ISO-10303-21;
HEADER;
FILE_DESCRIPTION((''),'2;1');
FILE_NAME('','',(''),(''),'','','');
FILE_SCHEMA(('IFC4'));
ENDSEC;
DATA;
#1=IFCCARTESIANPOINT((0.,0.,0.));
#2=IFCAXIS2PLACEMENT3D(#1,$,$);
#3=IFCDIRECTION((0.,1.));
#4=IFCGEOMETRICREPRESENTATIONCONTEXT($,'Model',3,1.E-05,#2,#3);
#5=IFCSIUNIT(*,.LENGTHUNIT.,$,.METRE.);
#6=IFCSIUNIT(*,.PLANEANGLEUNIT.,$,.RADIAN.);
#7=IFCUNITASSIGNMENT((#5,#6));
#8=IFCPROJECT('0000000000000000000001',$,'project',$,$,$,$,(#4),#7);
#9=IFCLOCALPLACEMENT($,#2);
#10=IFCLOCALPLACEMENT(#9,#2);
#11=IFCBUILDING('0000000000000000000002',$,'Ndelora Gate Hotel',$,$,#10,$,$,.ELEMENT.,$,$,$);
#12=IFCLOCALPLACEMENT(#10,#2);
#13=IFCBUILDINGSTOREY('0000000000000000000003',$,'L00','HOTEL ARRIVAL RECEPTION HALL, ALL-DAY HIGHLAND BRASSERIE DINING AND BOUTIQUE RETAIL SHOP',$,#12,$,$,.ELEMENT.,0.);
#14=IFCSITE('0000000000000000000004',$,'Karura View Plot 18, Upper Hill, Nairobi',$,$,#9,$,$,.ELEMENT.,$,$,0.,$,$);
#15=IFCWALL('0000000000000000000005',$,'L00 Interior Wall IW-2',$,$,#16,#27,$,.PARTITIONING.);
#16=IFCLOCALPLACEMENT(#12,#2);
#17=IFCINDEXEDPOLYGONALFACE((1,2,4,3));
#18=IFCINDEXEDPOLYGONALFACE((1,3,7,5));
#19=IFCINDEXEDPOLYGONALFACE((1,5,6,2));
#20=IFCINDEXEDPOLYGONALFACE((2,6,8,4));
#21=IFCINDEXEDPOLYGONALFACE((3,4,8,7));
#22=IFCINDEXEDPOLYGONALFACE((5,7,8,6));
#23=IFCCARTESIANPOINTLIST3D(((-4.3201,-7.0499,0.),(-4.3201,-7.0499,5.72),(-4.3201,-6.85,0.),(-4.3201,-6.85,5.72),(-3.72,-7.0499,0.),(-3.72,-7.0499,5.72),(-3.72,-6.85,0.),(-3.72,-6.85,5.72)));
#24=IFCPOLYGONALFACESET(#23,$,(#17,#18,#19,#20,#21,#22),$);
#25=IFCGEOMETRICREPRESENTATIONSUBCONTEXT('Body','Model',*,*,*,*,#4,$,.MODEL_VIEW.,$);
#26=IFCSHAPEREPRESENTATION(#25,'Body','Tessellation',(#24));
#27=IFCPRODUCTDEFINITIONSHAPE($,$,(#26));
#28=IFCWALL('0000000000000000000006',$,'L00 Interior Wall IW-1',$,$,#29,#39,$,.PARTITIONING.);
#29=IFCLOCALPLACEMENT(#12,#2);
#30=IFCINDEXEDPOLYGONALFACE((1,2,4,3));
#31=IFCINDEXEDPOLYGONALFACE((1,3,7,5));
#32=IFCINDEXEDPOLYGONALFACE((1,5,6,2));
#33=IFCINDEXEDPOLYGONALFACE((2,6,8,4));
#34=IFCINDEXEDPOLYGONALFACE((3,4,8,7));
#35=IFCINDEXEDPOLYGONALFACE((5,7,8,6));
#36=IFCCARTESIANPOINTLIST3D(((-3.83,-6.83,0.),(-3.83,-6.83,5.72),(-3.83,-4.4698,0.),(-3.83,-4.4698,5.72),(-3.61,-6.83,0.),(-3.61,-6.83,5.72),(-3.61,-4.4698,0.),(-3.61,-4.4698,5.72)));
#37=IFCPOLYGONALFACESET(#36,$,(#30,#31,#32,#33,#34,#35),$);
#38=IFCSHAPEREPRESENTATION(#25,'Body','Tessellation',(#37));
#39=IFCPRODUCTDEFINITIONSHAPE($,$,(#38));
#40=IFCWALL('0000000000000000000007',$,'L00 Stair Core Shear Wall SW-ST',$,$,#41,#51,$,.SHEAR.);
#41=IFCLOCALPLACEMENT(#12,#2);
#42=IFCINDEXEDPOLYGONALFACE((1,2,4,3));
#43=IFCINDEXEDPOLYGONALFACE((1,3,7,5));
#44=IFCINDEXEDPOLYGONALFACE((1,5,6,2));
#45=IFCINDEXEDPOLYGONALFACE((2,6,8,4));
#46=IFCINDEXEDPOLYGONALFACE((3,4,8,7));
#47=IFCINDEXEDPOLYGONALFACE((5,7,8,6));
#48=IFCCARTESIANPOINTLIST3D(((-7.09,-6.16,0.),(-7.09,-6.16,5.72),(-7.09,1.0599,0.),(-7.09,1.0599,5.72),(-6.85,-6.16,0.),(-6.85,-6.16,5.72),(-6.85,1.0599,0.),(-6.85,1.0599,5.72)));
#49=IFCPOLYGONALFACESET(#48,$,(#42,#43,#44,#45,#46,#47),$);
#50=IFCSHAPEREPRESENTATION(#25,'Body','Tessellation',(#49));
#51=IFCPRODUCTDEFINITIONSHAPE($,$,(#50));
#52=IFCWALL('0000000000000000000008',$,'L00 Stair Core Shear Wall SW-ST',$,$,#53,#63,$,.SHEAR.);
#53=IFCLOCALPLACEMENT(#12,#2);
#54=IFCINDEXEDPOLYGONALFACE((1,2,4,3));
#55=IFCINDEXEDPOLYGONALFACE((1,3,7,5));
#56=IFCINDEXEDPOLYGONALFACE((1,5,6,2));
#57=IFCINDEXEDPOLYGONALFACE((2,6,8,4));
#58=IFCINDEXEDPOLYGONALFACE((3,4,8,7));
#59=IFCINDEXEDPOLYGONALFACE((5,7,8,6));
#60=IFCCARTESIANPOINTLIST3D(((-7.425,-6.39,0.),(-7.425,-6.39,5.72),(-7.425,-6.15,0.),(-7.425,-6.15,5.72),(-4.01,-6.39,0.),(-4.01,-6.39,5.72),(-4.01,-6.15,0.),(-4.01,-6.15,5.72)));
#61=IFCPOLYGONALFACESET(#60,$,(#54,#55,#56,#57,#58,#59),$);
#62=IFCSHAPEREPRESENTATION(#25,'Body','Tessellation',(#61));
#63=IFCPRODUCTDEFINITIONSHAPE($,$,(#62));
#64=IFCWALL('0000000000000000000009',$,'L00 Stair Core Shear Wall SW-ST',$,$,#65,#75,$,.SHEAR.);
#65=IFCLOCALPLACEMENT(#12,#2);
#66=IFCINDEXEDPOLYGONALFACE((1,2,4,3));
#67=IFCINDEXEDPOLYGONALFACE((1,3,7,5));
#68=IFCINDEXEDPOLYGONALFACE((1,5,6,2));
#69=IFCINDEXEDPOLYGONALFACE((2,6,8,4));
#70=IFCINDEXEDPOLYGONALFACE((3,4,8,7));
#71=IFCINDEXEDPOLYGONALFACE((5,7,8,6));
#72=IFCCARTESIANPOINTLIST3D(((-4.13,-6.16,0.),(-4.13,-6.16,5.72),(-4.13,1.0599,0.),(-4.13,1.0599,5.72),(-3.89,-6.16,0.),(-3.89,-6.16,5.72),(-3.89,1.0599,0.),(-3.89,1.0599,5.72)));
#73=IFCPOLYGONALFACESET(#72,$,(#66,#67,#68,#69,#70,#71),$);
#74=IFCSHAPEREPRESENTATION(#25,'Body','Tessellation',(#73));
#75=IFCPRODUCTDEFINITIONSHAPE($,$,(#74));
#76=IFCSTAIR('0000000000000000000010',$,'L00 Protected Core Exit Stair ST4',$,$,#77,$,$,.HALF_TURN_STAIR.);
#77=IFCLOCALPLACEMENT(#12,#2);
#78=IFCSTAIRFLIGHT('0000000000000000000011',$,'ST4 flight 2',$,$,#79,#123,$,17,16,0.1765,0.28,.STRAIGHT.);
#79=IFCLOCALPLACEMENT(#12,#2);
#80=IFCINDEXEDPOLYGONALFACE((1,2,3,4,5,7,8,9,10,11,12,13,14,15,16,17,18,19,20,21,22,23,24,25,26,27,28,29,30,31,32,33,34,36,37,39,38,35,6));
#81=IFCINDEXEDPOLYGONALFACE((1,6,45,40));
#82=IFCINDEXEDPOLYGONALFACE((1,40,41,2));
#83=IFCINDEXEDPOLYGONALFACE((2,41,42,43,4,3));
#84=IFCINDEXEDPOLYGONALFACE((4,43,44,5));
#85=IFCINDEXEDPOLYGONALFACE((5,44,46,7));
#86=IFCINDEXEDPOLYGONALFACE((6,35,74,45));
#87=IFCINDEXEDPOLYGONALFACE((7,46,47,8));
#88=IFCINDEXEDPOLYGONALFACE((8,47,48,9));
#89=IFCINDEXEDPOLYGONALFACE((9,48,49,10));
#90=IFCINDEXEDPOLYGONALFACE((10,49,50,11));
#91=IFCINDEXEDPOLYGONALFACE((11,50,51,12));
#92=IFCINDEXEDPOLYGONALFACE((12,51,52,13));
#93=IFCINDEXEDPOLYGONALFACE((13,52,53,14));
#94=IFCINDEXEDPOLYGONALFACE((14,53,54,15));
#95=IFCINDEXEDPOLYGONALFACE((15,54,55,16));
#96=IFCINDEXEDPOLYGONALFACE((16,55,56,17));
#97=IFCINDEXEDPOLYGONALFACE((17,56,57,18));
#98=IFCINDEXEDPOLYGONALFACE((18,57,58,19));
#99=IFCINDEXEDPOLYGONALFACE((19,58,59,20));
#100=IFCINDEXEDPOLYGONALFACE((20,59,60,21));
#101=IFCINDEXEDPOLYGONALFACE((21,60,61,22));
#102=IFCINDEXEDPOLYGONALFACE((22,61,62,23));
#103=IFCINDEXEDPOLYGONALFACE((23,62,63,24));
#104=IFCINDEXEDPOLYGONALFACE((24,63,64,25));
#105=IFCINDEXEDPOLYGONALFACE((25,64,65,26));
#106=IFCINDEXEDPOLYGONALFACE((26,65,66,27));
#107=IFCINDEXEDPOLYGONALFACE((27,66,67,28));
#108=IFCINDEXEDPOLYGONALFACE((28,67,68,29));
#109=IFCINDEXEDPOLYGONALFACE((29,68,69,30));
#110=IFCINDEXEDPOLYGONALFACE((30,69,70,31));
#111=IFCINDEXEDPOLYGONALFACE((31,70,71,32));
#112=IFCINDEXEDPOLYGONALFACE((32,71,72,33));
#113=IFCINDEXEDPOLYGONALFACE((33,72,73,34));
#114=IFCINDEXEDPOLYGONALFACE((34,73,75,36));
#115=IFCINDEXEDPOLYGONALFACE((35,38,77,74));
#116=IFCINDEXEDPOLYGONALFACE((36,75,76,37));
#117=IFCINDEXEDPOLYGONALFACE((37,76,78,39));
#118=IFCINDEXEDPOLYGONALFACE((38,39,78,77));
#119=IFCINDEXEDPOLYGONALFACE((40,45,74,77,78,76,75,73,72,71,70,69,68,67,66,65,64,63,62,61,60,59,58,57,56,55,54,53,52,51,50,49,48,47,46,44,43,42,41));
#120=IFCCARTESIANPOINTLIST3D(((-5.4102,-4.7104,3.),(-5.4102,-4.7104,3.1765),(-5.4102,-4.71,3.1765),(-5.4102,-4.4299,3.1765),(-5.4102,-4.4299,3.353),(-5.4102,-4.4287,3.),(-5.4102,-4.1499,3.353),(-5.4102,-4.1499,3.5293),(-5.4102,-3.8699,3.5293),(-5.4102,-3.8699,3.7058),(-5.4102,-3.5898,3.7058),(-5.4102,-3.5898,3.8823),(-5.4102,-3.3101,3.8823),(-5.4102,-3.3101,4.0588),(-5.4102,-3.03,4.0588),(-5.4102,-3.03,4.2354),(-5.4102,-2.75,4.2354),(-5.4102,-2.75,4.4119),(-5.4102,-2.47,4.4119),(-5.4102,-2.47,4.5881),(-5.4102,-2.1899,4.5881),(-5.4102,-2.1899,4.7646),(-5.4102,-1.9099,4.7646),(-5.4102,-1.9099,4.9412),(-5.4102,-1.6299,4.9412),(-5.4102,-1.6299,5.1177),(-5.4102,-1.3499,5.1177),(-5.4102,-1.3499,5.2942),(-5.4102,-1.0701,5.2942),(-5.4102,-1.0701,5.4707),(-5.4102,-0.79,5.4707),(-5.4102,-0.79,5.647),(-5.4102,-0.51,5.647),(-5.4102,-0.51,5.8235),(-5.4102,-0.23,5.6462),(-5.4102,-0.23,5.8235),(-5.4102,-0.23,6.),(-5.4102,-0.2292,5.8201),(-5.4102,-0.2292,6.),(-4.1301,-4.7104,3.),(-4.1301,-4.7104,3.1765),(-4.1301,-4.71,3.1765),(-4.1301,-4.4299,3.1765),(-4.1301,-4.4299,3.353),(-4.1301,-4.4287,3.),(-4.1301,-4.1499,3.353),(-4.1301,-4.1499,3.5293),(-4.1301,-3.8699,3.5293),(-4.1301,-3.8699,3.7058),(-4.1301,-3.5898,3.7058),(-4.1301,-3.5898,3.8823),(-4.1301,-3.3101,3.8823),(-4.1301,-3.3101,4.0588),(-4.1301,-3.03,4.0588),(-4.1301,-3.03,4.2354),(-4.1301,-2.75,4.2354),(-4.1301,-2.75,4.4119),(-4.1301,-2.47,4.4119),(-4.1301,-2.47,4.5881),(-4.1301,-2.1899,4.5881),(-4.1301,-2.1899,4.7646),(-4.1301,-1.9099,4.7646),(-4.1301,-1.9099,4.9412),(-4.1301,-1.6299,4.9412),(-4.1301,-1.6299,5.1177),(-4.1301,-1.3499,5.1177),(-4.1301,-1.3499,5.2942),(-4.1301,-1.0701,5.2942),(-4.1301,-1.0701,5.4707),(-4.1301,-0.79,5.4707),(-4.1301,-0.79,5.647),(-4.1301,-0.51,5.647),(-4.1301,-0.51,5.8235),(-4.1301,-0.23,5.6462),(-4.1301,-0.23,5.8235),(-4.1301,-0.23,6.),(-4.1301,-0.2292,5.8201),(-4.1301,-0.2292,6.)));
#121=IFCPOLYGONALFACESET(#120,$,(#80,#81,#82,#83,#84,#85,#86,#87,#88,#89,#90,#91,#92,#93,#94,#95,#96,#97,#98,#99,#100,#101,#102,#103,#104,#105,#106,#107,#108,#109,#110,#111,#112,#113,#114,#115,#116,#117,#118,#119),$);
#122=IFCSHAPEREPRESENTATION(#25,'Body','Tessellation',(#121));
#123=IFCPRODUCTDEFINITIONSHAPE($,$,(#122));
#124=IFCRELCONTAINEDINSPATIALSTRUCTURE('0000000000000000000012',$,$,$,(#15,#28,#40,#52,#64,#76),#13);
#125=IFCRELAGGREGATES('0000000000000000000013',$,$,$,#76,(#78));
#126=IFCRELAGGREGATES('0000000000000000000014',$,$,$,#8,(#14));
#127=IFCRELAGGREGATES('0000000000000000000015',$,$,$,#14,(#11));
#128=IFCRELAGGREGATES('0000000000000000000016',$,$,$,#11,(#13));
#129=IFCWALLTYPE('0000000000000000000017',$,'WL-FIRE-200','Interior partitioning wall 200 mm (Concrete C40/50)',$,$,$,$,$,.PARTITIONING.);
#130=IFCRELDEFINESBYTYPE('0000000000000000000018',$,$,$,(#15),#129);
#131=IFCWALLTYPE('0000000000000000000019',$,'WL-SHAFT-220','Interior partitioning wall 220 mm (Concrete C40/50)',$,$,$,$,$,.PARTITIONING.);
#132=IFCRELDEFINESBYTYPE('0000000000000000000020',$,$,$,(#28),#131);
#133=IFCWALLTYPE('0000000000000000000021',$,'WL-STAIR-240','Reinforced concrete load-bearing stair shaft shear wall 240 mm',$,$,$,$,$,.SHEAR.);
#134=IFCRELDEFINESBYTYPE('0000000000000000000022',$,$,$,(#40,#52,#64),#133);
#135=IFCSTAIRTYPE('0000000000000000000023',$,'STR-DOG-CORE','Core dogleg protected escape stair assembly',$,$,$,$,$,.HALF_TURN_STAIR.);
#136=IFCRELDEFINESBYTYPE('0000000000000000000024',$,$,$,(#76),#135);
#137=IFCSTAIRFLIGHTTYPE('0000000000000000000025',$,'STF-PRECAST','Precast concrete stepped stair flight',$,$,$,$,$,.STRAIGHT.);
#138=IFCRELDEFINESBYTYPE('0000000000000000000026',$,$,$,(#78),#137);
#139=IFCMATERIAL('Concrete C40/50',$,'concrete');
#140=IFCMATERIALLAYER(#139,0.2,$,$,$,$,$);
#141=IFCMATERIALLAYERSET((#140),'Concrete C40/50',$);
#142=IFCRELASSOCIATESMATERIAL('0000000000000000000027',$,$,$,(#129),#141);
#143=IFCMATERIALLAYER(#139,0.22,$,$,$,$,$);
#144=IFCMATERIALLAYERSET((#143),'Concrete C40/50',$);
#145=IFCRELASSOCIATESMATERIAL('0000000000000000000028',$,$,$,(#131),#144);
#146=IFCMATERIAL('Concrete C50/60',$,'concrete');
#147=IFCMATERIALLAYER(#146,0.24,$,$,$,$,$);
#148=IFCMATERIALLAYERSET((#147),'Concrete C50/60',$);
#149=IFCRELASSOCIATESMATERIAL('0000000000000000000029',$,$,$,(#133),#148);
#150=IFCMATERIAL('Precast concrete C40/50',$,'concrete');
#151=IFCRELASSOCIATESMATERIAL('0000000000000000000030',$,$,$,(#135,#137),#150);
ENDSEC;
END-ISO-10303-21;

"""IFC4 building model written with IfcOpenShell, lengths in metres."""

from ifc_helpers import new_model, si_unit, direction, frame, frame_2d, origin, place, context, subcontext, project, spatial, polyline, rectangle, outline, extrude, material, layer, layer_set, type_object, element, aggregate, save


model = new_model("IFC4")

# Units and contexts
model_context = context("Model", 3, precision=1e-05, world=origin(), true_north=direction((0.0, 1.0)))
body_context = subcontext(model_context, "Body", "Model", "MODEL_VIEW")
ifc_project = project(units=[si_unit("LENGTHUNIT", "METRE"), si_unit("PLANEANGLEUNIT", "RADIAN")], contexts=[model_context])

# Site, building, storey
site_placement = place(None, origin())
site = spatial("IfcSite", under=ifc_project, at=site_placement, Name="Karura View Plot 18, Upper Hill, Nairobi", CompositionType="ELEMENT", RefElevation=0.0)
building_placement = place(site_placement, origin())
building = spatial("IfcBuilding", under=site, at=building_placement, Name="Ndelora Gate Hotel", CompositionType="ELEMENT")
storey_placement = place(building_placement, origin())
storey = spatial("IfcBuildingStorey", under=building, at=storey_placement, Name="L00", Description="HOTEL ARRIVAL RECEPTION HALL, ALL-DAY HIGHLAND BRASSERIE DINING AND BOUTIQUE RETAIL SHOP", CompositionType="ELEMENT", Elevation=0.0)

# Wall
ifc_material_1 = material(Name="Concrete C40/50", Category="concrete")
ifc_layer_1 = layer(ifc_material_1, 0.2)
ifc_layer_set_1 = layer_set([ifc_layer_1], Name="Concrete C40/50")
wall_type_1 = type_object("IfcWallType", Name="WL-FIRE-200", Description="Interior partitioning wall 200 mm (Concrete C40/50)", PredefinedType="PARTITIONING", material=ifc_layer_set_1)
wall_1_placement = place(storey_placement, frame((-4.3201, -6.95, 0.0), z_axis=(0.0, 0.0, 1.0), x_axis=(1.0, 0.0, 0.0)))
element("IfcWall", 1, at=wall_1_placement, inside=storey, type_object=wall_type_1, Name="L00 Interior Wall IW-2", PredefinedType="PARTITIONING", context=body_context, shape_type="SweptSolid", body=[
    extrude(rectangle(XDim=0.6001, YDim=0.2, at=frame_2d((0.3, 0.0))), origin(), (0.0, 0.0, 1.0), 5.72),
])

# Shared definitions
ifc_layer_2 = layer(ifc_material_1, 0.22)
ifc_layer_set_2 = layer_set([ifc_layer_2], Name="Concrete C40/50")
wall_type_2 = type_object("IfcWallType", Name="WL-SHAFT-220", Description="Interior partitioning wall 220 mm (Concrete C40/50)", PredefinedType="PARTITIONING", material=ifc_layer_set_2)

# Walls
wall_2_placement = place(storey_placement, frame((-3.72, -6.8301, 0.0), z_axis=(0.0, 0.0, 1.0), x_axis=(0.0, 1.0, 0.0)))
element("IfcWall", 2, at=wall_2_placement, inside=storey, type_object=wall_type_2, Name="L00 Interior Wall IW-1", PredefinedType="PARTITIONING", context=body_context, shape_type="SweptSolid", body=[
    extrude(rectangle(XDim=2.3601, YDim=0.22, at=frame_2d((1.1802, 0.0))), origin(), (0.0, 0.0, 1.0), 5.72),
])
ifc_material_2 = material(Name="Concrete C50/60", Category="concrete")
ifc_layer_3 = layer(ifc_material_2, 0.24)
ifc_layer_set_3 = layer_set([ifc_layer_3], Name="Concrete C50/60")
wall_type_3 = type_object("IfcWallType", Name="WL-STAIR-240", Description="Reinforced concrete load-bearing stair shaft shear wall 240 mm", PredefinedType="SHEAR", material=ifc_layer_set_3)
wall_3_placement = place(storey_placement, frame((-6.97, -6.1599, 0.0), z_axis=(0.0, 0.0, 1.0), x_axis=(0.0, 1.0, 0.0)))
element("IfcWall", 3, at=wall_3_placement, inside=storey, type_object=wall_type_3, Name="L00 Stair Core Shear Wall SW-ST", PredefinedType="SHEAR", context=body_context, shape_type="SweptSolid", body=[
    extrude(rectangle(XDim=7.22, YDim=0.24, at=frame_2d((3.6099, 0.0))), origin(), (0.0, 0.0, 1.0), 5.72),
])
wall_4_placement = place(storey_placement, frame((-7.425, -6.27, 0.0), z_axis=(0.0, 0.0, 1.0), x_axis=(1.0, 0.0, 0.0)))
element("IfcWall", 4, at=wall_4_placement, inside=storey, type_object=wall_type_3, Name="L00 Stair Core Shear Wall SW-ST", PredefinedType="SHEAR", context=body_context, shape_type="SweptSolid", body=[
    extrude(rectangle(XDim=3.415, YDim=0.24, at=frame_2d((1.7075, 0.0))), origin(), (0.0, 0.0, 1.0), 5.72),
])
wall_5_placement = place(storey_placement, frame((-4.01, -6.1599, 0.0), z_axis=(0.0, 0.0, 1.0), x_axis=(0.0, 1.0, 0.0)))
element("IfcWall", 5, at=wall_5_placement, inside=storey, type_object=wall_type_3, Name="L00 Stair Core Shear Wall SW-ST", PredefinedType="SHEAR", context=body_context, shape_type="SweptSolid", body=[
    extrude(rectangle(XDim=7.22, YDim=0.24, at=frame_2d((3.6099, 0.0))), origin(), (0.0, 0.0, 1.0), 5.72),
])

# Stair, stair flight
ifc_material_3 = material(Name="Precast concrete C40/50", Category="concrete")
stair_type = type_object("IfcStairType", Name="STR-DOG-CORE", Description="Core dogleg protected escape stair assembly", PredefinedType="HALF_TURN_STAIR", material=ifc_material_3)
stair_placement = place(storey_placement, origin())
stair = element("IfcStair", 6, at=stair_placement, inside=storey, type_object=stair_type, Name="L00 Protected Core Exit Stair ST4", PredefinedType="HALF_TURN_STAIR")
stair_flight_type = type_object("IfcStairFlightType", Name="STF-PRECAST", Description="Precast concrete stepped stair flight", PredefinedType="STRAIGHT", material=ifc_material_3)
stair_flight_placement = place(storey_placement, frame((-4.77, -4.71, 3.0), z_axis=(0.0, 0.0, 1.0), x_axis=(0.0, 1.0, 0.0)))
stair_flight = element("IfcStairFlight", 7, at=stair_flight_placement, type_object=stair_flight_type, Name="ST4 flight 2", NumberOfRisers=17, NumberOfTreads=16, PredefinedType="STRAIGHT", RiserHeight=0.1765, TreadLength=0.28, context=body_context, shape_type="SweptSolid", body=[
    extrude(outline(polyline([(-0.0005, 0.0), (-0.0005, 0.1765), (0.0, 0.1765), (0.28, 0.1765), (0.28, 0.353), (0.5601, 0.353), (0.5601, 0.5293), (0.8401, 0.5293), (0.8401, 0.7058), (1.1201, 0.7058), (1.1201, 0.8823), (1.3999, 0.8823), (1.3999, 1.0588), (1.6799, 1.0588), (1.6799, 1.2354), (1.96, 1.2354), (1.96, 1.4119), (2.24, 1.4119), (2.24, 1.5881), (2.52, 1.5881), (2.52, 1.7646), (2.8, 1.7646), (2.8, 1.9412), (3.0801, 1.9412), (3.0801, 2.1177), (3.3601, 2.1177), (3.3601, 2.2942), (3.6399, 2.2942), (3.6399, 2.4707), (3.9199, 2.4707), (3.9199, 2.647), (4.2, 2.647), (4.2, 2.8235), (4.48, 2.8235), (4.48, 3.0), (4.4807, 3.0), (4.4807, 2.8201), (4.48, 2.6462), (0.2812, 0.0), (-0.0005, 0.0)])), frame((0.0, 0.6401, 0.0), z_axis=(0.0, -1.0, 0.0), x_axis=(1.0, 0.0, 0.0)), (0.0, 0.0, 1.0), 1.28),
])
aggregate(stair, [stair_flight])

save(model, "model.ifc")
